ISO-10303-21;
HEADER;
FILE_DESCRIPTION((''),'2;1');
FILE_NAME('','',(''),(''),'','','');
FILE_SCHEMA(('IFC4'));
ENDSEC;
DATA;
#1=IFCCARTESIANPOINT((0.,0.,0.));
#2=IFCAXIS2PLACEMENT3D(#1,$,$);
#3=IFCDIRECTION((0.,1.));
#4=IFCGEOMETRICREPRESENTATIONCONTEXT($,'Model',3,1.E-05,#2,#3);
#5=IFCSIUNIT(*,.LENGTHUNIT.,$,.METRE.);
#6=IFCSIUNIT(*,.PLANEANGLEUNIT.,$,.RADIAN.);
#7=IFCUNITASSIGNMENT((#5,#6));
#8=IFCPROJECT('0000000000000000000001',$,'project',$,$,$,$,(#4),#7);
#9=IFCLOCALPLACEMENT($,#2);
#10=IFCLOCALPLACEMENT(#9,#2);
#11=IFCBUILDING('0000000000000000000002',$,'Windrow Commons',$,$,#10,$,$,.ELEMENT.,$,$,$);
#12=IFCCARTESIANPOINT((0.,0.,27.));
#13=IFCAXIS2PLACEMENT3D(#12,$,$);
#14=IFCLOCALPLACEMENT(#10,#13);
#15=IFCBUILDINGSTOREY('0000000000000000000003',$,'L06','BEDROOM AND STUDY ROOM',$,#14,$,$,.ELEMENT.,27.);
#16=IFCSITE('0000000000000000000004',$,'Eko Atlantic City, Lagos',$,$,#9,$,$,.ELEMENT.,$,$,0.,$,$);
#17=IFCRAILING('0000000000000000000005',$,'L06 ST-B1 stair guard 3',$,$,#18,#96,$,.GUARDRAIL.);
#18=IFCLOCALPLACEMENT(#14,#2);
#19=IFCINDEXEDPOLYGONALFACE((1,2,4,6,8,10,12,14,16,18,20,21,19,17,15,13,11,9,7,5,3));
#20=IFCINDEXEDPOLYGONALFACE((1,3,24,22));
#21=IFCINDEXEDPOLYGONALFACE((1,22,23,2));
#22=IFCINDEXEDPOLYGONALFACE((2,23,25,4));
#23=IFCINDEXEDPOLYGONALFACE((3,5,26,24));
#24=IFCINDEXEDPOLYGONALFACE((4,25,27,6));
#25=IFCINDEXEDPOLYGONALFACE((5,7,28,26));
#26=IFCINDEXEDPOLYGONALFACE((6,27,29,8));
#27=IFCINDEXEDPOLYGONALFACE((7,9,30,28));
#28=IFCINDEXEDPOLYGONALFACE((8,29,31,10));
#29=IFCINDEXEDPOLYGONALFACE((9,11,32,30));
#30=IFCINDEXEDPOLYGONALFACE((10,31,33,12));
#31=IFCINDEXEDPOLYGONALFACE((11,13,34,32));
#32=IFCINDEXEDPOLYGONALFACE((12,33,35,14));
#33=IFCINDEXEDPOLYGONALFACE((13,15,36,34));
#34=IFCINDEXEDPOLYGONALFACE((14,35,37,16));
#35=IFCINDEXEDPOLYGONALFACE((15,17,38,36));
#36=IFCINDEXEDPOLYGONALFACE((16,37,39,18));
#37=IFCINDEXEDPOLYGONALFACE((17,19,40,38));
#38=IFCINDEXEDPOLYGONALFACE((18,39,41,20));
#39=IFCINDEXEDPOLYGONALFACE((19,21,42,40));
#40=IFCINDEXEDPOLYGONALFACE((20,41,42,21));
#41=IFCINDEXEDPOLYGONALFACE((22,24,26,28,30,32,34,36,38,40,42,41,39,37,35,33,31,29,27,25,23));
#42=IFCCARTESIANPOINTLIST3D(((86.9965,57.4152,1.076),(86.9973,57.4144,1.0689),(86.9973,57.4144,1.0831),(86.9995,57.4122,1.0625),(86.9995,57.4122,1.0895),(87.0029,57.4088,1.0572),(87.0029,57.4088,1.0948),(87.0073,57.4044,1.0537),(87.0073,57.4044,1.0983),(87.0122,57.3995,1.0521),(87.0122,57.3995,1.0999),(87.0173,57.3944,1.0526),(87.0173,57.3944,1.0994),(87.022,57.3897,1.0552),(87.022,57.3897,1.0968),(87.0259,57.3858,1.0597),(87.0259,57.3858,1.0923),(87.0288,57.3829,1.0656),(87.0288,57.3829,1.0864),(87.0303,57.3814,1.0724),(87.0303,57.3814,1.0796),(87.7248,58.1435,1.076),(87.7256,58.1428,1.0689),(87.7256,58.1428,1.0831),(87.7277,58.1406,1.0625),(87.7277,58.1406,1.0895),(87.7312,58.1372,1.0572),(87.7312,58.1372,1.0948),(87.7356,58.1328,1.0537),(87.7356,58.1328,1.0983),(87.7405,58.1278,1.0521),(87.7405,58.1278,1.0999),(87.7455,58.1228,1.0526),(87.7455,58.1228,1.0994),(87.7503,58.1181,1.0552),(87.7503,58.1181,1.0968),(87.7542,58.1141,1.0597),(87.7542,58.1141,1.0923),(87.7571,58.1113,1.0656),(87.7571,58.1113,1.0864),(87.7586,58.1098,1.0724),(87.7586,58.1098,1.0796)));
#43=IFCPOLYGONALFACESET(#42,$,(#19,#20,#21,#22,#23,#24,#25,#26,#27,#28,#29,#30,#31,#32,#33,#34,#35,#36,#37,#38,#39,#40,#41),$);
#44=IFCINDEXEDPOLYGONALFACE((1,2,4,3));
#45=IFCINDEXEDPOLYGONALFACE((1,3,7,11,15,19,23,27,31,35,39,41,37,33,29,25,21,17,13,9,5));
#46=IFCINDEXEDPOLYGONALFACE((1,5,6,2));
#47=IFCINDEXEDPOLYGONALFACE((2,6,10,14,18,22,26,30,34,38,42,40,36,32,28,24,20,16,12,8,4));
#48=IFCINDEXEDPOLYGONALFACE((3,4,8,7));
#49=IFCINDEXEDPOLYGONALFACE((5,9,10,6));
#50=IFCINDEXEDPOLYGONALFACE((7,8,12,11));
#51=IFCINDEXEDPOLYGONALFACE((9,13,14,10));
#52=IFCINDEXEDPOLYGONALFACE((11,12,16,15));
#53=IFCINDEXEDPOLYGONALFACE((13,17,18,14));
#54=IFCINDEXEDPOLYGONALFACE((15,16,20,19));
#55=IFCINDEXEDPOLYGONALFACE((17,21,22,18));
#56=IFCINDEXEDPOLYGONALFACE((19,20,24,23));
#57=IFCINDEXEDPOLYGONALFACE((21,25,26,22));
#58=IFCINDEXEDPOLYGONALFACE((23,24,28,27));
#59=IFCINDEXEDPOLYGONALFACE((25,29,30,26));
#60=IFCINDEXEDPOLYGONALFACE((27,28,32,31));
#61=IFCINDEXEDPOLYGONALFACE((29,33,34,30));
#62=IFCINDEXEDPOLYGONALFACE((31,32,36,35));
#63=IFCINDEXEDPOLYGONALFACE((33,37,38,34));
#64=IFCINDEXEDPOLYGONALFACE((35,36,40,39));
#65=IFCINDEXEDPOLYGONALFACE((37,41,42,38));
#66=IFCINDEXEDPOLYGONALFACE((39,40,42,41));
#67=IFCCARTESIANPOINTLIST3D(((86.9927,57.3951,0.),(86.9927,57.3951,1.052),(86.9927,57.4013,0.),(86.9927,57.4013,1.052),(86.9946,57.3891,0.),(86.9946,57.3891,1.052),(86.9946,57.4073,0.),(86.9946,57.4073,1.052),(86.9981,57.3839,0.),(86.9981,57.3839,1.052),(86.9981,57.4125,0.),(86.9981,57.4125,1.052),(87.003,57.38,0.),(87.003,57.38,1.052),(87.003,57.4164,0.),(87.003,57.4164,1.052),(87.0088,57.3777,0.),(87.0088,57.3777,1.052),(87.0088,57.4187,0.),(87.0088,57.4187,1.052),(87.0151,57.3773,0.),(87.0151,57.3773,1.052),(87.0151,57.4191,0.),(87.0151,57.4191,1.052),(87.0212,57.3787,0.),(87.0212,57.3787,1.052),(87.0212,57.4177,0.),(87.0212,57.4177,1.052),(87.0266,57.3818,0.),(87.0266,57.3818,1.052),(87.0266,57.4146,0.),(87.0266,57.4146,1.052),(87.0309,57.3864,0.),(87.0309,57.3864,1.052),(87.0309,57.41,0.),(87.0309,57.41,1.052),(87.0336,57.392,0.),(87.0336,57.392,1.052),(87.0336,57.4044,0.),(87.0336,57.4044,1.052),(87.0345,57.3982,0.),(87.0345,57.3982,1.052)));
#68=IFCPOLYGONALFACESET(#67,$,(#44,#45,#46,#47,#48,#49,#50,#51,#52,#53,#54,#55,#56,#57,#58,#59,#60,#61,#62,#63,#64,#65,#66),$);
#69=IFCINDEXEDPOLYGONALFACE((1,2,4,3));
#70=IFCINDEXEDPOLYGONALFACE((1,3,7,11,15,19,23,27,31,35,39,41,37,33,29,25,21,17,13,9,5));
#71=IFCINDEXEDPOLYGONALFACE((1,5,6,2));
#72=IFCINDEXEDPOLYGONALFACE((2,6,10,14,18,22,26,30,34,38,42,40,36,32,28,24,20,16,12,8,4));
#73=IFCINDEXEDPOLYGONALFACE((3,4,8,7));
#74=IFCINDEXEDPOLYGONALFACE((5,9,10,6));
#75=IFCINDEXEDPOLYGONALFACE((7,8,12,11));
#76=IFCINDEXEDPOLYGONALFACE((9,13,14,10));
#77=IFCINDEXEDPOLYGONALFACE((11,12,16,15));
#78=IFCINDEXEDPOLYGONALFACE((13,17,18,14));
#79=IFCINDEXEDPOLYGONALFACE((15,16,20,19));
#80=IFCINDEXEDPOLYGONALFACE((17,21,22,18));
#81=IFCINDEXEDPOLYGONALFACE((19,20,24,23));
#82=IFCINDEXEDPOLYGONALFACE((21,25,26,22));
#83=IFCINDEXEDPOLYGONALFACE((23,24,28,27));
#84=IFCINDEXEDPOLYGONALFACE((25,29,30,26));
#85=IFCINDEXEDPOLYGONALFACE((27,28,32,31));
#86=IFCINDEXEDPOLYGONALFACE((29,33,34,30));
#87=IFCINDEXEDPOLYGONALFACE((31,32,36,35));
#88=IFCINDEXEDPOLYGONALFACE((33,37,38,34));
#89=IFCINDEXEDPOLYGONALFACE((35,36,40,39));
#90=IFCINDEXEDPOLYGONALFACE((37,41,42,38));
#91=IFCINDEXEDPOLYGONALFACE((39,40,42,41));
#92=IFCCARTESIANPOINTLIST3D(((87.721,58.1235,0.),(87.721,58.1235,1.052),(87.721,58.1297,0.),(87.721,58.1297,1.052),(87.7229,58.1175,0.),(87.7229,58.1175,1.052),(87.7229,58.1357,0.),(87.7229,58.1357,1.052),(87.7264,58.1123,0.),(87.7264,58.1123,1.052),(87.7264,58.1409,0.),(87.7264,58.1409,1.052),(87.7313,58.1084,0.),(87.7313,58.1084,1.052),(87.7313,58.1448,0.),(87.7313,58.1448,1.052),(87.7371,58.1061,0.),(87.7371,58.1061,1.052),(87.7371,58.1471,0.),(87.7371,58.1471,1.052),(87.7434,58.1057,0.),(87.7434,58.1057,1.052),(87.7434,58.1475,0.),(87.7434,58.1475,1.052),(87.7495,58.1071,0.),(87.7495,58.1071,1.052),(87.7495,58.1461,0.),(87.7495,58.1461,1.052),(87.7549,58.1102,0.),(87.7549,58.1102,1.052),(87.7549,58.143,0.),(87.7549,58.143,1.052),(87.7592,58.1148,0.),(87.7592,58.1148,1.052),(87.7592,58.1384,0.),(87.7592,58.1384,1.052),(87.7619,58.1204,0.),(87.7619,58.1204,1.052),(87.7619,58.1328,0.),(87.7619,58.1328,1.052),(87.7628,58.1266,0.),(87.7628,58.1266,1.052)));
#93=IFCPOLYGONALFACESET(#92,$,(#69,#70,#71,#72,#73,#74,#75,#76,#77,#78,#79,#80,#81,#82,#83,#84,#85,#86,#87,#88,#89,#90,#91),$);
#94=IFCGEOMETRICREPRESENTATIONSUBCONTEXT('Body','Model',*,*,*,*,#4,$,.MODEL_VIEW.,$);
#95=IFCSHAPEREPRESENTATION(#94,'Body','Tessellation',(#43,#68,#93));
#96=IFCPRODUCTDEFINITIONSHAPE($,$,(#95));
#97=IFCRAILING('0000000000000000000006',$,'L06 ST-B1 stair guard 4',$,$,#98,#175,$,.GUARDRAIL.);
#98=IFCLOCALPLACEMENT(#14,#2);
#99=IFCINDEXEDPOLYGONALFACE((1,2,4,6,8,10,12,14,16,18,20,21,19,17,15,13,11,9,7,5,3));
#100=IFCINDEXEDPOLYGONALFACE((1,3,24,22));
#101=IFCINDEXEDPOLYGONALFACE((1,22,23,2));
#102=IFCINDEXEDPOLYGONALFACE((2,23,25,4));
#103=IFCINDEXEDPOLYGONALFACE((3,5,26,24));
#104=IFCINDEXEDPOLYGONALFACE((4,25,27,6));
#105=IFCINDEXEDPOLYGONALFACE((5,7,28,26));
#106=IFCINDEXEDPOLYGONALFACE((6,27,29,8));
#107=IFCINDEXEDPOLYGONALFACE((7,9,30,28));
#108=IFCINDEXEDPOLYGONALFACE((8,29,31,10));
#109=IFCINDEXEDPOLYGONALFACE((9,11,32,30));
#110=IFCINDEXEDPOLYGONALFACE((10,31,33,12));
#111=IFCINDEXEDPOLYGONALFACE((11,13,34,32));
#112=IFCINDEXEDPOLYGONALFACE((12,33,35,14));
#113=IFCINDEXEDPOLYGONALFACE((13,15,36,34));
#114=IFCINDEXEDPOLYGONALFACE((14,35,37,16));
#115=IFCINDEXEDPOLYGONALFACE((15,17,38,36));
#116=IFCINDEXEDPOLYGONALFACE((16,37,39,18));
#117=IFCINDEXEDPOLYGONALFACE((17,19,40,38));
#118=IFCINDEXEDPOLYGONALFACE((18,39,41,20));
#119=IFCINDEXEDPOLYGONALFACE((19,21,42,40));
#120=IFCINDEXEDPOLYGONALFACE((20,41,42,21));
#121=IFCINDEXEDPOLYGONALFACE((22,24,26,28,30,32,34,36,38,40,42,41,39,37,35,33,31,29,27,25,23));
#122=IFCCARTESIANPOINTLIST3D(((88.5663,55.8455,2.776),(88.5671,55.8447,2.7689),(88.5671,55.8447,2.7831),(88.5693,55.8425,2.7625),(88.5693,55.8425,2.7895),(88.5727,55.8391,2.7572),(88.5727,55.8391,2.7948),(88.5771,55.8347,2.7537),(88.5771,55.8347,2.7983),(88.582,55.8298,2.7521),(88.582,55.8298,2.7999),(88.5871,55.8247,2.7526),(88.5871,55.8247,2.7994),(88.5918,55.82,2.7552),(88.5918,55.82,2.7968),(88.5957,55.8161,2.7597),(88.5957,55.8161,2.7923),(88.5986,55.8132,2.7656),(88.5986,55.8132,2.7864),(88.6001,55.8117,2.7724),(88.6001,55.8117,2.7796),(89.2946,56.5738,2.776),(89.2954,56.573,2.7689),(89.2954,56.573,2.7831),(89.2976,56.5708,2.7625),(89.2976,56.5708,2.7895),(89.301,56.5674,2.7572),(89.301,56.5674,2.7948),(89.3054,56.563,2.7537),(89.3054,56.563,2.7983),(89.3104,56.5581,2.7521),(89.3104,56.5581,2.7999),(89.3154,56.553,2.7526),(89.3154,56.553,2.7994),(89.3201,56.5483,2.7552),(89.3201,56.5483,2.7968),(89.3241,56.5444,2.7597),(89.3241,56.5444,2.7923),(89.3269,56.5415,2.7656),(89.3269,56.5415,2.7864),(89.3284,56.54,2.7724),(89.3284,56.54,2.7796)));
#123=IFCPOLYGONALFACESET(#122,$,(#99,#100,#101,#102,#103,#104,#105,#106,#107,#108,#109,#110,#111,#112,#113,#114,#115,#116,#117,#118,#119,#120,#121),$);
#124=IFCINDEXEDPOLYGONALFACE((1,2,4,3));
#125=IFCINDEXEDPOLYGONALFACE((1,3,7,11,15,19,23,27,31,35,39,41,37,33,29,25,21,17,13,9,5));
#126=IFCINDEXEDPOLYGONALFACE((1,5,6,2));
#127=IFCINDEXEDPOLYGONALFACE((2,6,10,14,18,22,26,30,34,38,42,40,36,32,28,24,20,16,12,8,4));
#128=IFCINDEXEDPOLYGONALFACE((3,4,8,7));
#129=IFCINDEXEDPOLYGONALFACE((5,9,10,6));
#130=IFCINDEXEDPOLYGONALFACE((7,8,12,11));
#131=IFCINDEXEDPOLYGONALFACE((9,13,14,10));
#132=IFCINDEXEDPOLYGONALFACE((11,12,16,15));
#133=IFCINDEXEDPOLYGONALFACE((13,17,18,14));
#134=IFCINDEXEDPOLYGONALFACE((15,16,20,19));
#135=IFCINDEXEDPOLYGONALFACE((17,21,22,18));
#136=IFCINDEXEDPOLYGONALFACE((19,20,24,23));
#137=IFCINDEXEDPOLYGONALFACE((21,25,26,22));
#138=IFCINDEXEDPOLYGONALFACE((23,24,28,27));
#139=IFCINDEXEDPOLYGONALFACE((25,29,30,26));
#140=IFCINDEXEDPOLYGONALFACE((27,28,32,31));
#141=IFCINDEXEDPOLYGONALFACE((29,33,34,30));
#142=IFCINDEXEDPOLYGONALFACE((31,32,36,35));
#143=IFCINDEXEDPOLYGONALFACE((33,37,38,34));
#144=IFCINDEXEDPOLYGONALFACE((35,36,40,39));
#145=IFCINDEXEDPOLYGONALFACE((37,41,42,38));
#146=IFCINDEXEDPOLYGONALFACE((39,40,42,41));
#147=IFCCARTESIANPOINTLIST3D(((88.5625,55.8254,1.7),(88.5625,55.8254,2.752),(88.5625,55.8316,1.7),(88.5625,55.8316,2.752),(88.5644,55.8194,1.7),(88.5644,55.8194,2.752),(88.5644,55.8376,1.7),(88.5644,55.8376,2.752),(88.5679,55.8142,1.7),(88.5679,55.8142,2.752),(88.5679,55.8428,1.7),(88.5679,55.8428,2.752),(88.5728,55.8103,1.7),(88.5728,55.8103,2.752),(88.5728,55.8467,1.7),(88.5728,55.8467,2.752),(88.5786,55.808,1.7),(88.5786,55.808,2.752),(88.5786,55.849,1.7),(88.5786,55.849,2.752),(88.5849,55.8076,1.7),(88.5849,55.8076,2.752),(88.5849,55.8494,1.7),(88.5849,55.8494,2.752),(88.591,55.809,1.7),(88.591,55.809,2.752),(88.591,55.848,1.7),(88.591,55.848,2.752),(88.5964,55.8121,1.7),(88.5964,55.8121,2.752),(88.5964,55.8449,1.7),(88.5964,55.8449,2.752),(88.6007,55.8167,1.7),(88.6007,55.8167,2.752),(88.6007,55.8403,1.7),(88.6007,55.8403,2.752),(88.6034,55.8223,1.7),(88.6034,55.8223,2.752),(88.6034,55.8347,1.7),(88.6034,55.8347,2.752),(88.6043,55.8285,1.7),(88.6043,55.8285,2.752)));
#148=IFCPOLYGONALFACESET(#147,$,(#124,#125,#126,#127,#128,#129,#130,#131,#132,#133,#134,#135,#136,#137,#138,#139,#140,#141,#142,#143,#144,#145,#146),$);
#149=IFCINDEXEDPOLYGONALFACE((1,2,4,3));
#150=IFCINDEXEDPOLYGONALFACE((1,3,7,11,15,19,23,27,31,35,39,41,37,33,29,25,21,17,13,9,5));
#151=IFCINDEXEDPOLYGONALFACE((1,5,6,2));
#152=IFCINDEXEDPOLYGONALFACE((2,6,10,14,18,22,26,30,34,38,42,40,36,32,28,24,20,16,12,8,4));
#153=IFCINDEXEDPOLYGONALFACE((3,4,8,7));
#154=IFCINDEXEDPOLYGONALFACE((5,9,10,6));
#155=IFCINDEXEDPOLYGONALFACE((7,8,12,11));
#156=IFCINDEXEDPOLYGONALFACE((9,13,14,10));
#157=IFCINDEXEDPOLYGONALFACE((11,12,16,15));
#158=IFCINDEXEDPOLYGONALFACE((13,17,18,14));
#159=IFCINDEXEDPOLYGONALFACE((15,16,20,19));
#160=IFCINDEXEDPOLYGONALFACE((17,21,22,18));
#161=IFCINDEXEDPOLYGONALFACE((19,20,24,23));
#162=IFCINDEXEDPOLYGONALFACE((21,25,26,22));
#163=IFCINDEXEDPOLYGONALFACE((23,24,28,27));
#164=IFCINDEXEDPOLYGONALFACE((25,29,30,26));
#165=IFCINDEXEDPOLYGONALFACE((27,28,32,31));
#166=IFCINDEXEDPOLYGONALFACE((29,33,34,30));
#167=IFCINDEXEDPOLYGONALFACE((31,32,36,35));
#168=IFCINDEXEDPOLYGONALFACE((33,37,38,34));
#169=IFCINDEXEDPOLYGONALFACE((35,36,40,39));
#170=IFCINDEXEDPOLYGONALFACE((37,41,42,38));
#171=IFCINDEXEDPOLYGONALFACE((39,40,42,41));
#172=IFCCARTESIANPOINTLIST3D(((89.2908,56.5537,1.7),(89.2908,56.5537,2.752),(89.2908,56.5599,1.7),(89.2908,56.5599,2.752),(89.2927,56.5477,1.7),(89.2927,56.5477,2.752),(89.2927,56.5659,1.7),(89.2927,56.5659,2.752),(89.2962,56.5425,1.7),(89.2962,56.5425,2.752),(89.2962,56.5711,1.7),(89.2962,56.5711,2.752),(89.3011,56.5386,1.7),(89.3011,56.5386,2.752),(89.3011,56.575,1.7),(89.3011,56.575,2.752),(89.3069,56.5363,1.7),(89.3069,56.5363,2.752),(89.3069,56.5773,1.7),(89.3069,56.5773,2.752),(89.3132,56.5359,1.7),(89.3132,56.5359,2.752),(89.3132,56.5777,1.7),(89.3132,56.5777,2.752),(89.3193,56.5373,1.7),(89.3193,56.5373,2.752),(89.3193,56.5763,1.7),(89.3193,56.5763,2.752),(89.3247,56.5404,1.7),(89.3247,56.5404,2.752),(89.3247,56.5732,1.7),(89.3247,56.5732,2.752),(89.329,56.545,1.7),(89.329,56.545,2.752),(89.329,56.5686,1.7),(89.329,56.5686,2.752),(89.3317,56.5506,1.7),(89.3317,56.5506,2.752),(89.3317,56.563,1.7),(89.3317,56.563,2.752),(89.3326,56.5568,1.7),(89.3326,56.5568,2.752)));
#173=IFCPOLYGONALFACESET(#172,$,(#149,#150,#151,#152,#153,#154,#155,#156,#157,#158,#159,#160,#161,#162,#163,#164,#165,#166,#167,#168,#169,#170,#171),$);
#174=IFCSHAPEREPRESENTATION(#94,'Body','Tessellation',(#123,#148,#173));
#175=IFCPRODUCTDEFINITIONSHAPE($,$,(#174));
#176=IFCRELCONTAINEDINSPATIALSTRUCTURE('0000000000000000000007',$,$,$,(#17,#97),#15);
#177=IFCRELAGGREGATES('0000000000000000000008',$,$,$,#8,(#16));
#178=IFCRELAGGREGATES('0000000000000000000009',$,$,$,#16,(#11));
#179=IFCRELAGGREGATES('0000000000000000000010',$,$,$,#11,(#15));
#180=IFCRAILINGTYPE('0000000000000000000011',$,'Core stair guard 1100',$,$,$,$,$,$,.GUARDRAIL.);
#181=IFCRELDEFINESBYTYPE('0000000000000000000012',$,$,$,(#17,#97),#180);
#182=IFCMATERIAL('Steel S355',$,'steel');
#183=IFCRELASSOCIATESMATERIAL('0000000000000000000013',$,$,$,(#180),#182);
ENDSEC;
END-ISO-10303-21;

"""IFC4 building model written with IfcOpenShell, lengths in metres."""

from ifc_helpers import new_model, si_unit, direction, frame, origin, origin_2d, place, context, subcontext, project, spatial, circle, extrude, material, type_object, element, save


model = new_model("IFC4")

# Units and contexts
model_context = context("Model", 3, precision=1e-05, world=origin(), true_north=direction((0.0, 1.0)))
body_context = subcontext(model_context, "Body", "Model", "MODEL_VIEW")
ifc_project = project(units=[si_unit("LENGTHUNIT", "METRE"), si_unit("PLANEANGLEUNIT", "RADIAN")], contexts=[model_context])

# Site, building, storey
site_placement = place(None, origin())
site = spatial("IfcSite", under=ifc_project, at=site_placement, Name="Eko Atlantic City, Lagos", CompositionType="ELEMENT", RefElevation=0.0)
building_placement = place(site_placement, origin())
building = spatial("IfcBuilding", under=site, at=building_placement, Name="Windrow Commons", CompositionType="ELEMENT")
storey_placement = place(building_placement, frame((0.0, 0.0, 27.0)))
storey = spatial("IfcBuildingStorey", under=building, at=storey_placement, Name="L06", Description="BEDROOM AND STUDY ROOM", CompositionType="ELEMENT", Elevation=27.0)

# Railings
ifc_material_1 = material(Name="Steel S355", Category="steel")
railing_type_1 = type_object("IfcRailingType", Name="Core stair guard 1100", PredefinedType="GUARDRAIL", material=ifc_material_1)
railing_1_placement = place(storey_placement, frame((87.0135, 57.3982, 0.0)))
element("IfcRailing", 1, at=railing_1_placement, inside=storey, type_object=railing_type_1, Name="L06 ST-B1 stair guard 3", PredefinedType="GUARDRAIL", context=body_context, shape_type="SweptSolid", body=[
    extrude(circle(Radius=0.024, at=origin_2d()), frame((0.0, 0.0, 1.076), z_axis=(0.707058, 0.707155, 0.0), x_axis=(-0.707155, 0.707058, 0.0)), (0.0, 0.0, 1.0), 1.03),
    extrude(circle(Radius=0.021, at=origin_2d()), origin(), (0.0, 0.0, 1.0), 1.052),
    extrude(circle(Radius=0.021, at=origin_2d()), frame((0.7283, 0.7284, 0.0)), (0.0, 0.0, 1.0), 1.052),
])
railing_2_placement = place(storey_placement, frame((88.5833, 55.8285, 1.7)))
element("IfcRailing", 2, at=railing_2_placement, inside=storey, type_object=railing_type_1, Name="L06 ST-B1 stair guard 4", PredefinedType="GUARDRAIL", context=body_context, shape_type="SweptSolid", body=[
    extrude(circle(Radius=0.024, at=origin_2d()), frame((0.0, 0.0, 1.076), z_axis=(0.707107, 0.707107, 0.0), x_axis=(-0.707107, 0.707107, 0.0)), (0.0, 0.0, 1.0), 1.03),
    extrude(circle(Radius=0.021, at=origin_2d()), origin(), (0.0, 0.0, 1.0), 1.052),
    extrude(circle(Radius=0.021, at=origin_2d()), frame((0.7283, 0.7283, 0.0)), (0.0, 0.0, 1.0), 1.052),
])

save(model, "model.ifc")
